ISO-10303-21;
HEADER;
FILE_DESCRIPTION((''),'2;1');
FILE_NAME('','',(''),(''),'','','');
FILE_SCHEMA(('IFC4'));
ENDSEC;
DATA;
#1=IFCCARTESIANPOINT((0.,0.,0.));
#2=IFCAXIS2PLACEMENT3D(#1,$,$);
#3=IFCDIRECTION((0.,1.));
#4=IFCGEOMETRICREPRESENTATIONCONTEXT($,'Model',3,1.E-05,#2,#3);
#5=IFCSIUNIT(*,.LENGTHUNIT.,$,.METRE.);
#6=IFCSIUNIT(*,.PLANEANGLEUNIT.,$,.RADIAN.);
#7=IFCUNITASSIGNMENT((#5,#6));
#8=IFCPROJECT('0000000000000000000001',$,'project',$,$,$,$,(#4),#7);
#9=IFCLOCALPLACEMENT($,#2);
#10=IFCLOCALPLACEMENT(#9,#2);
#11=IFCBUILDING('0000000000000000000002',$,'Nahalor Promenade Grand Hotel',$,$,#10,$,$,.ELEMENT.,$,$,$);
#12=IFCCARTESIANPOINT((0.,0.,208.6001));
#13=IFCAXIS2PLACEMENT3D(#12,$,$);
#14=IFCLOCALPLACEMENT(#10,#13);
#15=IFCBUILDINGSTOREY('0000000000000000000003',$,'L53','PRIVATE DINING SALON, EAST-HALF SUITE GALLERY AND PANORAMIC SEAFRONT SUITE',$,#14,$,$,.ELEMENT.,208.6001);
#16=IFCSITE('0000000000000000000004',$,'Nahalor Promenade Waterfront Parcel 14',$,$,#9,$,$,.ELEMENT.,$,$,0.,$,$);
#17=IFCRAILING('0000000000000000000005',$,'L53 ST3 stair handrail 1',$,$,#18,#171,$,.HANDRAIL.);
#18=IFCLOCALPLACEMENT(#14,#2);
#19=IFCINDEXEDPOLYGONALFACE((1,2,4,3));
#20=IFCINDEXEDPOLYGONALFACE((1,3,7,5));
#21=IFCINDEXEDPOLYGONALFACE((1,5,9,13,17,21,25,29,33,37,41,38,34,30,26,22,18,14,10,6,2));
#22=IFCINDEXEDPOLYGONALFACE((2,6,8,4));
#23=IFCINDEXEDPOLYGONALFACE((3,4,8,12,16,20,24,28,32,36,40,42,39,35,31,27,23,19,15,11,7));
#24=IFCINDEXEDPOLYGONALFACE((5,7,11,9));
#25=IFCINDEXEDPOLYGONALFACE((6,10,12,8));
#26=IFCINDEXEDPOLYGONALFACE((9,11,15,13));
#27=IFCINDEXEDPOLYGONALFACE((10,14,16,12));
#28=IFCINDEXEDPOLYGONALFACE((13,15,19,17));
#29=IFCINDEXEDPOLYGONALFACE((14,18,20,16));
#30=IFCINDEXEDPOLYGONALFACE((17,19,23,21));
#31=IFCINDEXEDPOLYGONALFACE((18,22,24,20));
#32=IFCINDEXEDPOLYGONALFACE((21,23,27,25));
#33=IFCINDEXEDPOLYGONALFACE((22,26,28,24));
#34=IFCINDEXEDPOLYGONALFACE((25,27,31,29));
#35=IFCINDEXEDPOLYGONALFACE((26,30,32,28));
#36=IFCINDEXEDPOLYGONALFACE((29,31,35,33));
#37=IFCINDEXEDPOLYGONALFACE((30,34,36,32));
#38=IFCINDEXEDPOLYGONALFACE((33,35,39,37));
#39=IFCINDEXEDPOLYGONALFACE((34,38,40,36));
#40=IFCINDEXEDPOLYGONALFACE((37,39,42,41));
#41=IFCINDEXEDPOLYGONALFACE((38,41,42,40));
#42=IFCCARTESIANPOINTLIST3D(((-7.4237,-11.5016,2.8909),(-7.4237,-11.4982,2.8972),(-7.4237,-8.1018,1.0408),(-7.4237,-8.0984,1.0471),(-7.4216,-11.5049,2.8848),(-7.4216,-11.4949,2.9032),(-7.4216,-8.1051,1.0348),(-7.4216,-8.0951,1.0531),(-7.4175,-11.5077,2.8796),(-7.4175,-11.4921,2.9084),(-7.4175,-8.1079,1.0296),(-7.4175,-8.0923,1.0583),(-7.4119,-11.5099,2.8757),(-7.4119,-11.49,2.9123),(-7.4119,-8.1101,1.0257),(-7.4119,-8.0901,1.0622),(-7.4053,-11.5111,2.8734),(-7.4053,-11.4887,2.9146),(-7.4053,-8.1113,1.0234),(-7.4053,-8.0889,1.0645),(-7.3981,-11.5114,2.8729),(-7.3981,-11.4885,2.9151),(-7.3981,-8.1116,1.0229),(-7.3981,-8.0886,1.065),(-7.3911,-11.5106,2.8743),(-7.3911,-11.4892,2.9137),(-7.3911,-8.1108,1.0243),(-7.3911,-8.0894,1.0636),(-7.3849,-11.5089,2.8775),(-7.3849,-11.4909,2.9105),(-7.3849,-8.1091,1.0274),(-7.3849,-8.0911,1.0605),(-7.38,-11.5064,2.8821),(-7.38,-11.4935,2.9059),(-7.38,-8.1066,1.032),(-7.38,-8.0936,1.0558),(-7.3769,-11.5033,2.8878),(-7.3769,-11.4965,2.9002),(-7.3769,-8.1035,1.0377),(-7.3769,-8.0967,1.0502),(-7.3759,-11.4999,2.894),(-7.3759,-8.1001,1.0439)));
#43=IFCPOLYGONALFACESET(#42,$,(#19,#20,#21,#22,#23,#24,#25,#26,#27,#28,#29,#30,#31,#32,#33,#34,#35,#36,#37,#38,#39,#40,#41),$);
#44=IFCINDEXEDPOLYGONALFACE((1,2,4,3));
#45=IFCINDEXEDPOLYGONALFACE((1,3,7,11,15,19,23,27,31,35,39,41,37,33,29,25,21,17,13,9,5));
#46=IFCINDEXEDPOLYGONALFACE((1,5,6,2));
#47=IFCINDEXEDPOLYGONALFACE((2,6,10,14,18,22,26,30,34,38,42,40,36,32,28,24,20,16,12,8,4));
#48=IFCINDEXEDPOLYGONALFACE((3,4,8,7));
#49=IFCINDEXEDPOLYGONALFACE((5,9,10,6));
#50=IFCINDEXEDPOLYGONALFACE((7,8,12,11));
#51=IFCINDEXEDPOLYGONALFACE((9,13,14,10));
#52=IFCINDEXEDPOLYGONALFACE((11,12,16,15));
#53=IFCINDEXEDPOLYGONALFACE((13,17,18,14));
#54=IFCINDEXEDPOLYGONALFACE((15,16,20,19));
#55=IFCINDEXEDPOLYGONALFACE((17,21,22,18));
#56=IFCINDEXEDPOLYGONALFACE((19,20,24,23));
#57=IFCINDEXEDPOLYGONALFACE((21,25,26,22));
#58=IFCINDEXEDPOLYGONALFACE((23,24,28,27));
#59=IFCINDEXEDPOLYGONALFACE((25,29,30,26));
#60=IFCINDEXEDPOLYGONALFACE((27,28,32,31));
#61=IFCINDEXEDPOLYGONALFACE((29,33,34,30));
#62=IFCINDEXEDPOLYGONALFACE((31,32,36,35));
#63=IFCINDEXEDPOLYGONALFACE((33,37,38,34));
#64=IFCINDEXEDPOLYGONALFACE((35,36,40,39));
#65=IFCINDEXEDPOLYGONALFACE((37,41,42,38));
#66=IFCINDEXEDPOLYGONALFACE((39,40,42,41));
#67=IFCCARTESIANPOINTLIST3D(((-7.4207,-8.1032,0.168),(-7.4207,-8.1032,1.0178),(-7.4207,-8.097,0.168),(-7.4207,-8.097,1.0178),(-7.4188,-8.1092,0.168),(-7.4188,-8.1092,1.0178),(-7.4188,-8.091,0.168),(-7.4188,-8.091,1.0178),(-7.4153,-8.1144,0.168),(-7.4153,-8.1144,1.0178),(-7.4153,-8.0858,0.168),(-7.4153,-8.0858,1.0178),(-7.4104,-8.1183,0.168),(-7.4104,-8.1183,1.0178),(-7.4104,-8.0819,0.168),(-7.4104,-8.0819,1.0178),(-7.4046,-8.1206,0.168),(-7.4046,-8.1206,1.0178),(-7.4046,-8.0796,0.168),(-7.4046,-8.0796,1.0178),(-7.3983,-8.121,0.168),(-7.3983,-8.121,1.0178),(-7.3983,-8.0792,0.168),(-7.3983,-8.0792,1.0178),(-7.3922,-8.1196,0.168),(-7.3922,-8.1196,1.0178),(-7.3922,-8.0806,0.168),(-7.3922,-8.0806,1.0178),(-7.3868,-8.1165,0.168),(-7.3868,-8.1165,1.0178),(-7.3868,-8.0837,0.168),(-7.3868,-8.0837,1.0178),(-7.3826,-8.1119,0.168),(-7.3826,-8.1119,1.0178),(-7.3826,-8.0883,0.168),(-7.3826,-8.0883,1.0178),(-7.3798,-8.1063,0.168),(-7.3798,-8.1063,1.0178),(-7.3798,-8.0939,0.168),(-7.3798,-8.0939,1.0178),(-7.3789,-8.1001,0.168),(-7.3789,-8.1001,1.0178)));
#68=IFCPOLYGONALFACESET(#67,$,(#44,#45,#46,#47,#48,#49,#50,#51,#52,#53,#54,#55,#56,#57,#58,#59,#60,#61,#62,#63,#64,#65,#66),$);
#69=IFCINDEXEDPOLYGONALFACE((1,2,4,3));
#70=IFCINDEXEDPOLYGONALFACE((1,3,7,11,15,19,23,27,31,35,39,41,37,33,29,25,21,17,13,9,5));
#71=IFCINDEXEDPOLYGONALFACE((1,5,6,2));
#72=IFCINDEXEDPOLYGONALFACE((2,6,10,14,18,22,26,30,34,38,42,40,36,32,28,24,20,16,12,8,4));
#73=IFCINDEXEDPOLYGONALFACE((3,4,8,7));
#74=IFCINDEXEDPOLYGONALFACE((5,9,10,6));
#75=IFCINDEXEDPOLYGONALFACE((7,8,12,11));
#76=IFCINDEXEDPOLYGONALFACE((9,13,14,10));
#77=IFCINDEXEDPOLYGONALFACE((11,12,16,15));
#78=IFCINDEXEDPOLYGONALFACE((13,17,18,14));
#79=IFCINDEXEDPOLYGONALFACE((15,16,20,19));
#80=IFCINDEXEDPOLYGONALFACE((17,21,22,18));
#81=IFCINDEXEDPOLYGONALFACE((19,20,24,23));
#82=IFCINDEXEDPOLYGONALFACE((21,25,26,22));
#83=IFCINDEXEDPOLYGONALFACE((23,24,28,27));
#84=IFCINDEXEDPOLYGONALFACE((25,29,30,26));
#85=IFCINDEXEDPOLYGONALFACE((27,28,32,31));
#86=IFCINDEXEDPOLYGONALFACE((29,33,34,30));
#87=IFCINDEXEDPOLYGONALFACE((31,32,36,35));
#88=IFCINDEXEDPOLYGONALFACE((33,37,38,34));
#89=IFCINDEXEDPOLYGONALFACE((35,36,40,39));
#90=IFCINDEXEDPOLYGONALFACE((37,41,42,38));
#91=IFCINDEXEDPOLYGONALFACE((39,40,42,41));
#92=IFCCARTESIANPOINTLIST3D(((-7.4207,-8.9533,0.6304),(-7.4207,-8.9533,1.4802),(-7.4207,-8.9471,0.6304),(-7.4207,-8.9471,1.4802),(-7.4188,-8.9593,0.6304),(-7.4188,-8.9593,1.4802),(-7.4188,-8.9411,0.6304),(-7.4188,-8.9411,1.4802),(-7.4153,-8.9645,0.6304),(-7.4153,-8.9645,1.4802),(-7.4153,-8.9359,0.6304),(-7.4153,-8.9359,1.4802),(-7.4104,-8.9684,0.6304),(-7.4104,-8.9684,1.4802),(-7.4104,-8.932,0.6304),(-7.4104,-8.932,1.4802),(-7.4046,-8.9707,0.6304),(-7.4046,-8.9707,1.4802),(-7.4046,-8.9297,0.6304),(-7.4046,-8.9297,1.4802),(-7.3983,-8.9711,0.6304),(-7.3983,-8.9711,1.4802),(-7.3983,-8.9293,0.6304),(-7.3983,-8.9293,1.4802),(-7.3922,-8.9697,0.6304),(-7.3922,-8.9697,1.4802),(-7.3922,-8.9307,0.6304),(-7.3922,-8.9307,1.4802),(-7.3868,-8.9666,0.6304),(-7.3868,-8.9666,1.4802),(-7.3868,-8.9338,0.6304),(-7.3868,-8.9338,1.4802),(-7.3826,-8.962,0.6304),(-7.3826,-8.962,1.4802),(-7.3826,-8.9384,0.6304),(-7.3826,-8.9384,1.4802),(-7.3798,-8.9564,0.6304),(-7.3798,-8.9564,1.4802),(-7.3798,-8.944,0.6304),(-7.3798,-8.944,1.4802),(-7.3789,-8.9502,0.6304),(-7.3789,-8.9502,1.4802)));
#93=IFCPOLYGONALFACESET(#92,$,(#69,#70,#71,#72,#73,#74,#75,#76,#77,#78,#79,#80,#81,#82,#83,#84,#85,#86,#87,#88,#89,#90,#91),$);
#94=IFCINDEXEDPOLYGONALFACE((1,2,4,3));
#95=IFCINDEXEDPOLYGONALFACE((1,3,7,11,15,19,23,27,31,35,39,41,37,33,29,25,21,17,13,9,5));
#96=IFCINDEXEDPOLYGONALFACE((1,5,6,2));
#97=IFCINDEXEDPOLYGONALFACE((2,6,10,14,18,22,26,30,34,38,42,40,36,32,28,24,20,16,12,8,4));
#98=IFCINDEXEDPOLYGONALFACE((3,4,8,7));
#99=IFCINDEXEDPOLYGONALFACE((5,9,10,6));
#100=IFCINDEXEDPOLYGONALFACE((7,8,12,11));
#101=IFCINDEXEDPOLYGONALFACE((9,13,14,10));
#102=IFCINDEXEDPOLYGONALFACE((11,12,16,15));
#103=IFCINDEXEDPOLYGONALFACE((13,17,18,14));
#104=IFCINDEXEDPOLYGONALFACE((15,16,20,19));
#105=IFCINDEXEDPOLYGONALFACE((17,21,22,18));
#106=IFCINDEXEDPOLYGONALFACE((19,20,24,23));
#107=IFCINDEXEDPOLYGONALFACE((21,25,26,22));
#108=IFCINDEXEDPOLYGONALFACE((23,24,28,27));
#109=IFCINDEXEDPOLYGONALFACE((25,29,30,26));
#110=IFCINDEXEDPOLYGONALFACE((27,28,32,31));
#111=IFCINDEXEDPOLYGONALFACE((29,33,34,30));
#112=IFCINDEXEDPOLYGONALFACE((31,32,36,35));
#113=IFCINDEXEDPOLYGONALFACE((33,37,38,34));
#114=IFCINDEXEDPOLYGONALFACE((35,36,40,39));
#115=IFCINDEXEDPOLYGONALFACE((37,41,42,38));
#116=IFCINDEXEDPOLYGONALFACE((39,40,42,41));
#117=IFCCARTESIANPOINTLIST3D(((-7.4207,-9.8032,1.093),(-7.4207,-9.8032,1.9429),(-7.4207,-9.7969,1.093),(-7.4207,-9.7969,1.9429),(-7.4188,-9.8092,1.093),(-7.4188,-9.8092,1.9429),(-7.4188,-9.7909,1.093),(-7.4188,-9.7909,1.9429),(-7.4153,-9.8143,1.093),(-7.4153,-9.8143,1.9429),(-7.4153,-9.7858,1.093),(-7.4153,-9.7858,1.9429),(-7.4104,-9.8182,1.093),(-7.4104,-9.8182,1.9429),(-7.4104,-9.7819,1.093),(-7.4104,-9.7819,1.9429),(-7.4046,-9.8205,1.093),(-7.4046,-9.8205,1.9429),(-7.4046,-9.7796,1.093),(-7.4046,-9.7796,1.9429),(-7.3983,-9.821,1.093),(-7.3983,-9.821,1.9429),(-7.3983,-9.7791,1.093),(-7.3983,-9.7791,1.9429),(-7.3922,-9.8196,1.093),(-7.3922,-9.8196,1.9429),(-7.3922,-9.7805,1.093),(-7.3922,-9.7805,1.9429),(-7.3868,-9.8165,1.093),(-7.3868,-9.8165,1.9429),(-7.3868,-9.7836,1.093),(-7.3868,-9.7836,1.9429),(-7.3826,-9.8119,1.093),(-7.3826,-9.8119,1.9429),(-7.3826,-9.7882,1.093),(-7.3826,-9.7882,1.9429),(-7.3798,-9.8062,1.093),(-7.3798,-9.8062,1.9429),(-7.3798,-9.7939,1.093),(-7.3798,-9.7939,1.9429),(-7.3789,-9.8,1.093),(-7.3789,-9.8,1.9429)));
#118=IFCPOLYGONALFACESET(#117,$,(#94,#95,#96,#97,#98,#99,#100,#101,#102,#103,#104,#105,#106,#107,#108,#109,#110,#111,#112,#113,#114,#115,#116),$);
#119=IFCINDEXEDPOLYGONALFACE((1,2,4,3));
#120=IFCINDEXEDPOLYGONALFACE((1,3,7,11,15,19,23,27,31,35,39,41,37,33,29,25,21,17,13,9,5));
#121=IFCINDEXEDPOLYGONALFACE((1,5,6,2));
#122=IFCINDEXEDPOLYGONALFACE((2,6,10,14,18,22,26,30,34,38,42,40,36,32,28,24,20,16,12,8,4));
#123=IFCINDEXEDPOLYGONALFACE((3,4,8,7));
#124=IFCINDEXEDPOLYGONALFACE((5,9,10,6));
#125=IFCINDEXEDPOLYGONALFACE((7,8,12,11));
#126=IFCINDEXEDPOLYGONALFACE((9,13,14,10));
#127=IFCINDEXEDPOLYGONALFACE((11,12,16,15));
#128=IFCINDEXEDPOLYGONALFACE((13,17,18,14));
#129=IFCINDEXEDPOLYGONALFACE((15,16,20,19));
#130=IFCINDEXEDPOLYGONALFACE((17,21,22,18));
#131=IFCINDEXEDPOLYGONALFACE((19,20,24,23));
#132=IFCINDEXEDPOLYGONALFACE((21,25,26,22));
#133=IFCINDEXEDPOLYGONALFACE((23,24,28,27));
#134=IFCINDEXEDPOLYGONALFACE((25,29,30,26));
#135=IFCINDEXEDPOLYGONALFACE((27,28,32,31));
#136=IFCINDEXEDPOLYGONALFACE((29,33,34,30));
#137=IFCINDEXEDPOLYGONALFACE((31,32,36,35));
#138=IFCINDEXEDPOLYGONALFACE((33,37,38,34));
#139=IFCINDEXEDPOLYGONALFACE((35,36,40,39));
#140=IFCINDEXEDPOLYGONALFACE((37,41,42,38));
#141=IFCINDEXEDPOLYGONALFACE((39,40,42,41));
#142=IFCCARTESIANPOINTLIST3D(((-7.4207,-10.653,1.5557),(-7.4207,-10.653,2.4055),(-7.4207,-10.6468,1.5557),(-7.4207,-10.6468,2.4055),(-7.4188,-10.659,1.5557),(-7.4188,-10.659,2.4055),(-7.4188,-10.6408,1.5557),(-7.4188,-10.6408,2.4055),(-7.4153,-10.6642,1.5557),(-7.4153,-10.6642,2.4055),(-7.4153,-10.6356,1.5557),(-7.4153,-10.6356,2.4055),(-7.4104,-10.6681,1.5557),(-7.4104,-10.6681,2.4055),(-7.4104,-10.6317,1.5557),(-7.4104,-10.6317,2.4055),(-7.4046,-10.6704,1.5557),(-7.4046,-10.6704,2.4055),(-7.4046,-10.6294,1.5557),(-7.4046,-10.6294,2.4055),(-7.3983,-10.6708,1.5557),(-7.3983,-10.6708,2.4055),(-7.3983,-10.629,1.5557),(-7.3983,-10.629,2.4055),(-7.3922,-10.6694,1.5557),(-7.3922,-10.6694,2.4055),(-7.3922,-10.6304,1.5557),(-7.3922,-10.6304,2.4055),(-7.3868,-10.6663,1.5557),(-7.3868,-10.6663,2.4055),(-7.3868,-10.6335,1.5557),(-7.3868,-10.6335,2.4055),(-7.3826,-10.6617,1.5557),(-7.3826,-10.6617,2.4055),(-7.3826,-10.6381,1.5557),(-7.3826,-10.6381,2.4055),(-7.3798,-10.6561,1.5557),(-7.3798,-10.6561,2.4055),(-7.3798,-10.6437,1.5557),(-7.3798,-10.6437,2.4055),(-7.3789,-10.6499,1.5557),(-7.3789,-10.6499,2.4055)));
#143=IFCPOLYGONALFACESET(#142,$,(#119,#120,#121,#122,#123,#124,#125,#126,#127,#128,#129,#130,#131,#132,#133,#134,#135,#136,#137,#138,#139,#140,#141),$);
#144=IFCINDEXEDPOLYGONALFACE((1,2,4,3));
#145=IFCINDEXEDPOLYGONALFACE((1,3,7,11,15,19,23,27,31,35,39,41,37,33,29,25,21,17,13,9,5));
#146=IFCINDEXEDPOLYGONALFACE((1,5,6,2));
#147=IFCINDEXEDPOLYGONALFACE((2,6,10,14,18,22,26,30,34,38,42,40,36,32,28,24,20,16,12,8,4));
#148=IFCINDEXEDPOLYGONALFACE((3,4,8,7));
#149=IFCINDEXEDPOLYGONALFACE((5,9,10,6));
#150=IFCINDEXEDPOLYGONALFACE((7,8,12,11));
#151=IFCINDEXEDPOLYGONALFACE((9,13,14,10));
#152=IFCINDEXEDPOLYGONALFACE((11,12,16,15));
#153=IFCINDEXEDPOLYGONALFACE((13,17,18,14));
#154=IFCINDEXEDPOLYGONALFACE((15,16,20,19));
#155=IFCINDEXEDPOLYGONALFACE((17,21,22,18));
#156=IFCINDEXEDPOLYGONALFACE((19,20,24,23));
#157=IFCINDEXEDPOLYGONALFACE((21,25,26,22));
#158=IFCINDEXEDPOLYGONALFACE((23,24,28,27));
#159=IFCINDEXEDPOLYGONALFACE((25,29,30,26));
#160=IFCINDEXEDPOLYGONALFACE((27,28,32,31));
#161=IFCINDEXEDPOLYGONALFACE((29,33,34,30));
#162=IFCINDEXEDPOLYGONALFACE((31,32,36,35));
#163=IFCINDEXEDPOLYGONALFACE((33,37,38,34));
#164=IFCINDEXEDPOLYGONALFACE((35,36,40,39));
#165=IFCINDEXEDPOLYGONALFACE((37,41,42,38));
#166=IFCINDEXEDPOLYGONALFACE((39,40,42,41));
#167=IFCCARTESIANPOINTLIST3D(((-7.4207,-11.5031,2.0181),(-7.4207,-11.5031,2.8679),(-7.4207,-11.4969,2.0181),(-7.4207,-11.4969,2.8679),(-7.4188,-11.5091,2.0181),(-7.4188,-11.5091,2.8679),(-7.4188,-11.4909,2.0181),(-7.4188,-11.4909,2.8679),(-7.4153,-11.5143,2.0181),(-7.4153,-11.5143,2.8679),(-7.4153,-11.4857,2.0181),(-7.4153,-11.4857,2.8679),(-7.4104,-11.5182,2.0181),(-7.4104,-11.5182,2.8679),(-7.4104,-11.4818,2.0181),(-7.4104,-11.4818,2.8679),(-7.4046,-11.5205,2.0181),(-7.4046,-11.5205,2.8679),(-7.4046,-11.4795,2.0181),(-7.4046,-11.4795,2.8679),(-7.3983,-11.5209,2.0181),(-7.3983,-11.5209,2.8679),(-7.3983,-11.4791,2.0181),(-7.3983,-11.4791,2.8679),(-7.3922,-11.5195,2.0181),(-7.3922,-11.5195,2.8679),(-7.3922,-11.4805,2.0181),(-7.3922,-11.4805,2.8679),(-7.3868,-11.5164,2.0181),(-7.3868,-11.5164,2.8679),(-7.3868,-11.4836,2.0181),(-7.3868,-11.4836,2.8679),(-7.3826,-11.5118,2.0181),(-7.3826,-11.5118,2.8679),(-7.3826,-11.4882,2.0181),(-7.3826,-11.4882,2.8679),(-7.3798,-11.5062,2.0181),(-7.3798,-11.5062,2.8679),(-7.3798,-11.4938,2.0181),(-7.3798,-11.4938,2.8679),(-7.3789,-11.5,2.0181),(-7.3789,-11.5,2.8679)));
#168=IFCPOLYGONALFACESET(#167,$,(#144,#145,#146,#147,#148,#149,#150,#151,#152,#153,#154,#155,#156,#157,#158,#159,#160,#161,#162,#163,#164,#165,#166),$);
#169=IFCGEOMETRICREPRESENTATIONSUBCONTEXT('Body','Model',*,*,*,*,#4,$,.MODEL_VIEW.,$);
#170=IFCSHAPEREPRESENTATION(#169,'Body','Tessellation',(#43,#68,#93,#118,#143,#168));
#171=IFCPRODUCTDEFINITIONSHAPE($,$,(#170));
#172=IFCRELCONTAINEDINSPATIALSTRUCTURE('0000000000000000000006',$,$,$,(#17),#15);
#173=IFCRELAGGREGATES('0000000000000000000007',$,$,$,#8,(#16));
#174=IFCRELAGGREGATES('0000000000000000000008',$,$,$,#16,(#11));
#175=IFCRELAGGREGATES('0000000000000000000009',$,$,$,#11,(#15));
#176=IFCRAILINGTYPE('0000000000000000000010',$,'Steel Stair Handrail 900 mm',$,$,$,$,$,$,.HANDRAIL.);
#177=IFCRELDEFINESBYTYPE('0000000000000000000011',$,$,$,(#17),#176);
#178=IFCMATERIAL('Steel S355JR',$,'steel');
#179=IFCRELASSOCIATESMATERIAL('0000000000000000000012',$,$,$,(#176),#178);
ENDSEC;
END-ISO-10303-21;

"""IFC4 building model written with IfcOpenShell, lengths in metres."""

from ifc_helpers import new_model, si_unit, direction, frame, origin, origin_2d, place, context, subcontext, project, spatial, circle, extrude, material, type_object, element, save


model = new_model("IFC4")

# Units and contexts
model_context = context("Model", 3, precision=1e-05, world=origin(), true_north=direction((0.0, 1.0)))
body_context = subcontext(model_context, "Body", "Model", "MODEL_VIEW")
ifc_project = project(units=[si_unit("LENGTHUNIT", "METRE"), si_unit("PLANEANGLEUNIT", "RADIAN")], contexts=[model_context])

# Site, building, storey
site_placement = place(None, origin())
site = spatial("IfcSite", under=ifc_project, at=site_placement, Name="Nahalor Promenade Waterfront Parcel 14", CompositionType="ELEMENT", RefElevation=0.0)
building_placement = place(site_placement, origin())
building = spatial("IfcBuilding", under=site, at=building_placement, Name="Nahalor Promenade Grand Hotel", CompositionType="ELEMENT")
storey_placement = place(building_placement, frame((0.0, 0.0, 208.6001)))
storey = spatial("IfcBuildingStorey", under=building, at=storey_placement, Name="L53", Description="PRIVATE DINING SALON, EAST-HALF SUITE GALLERY AND PANORAMIC SEAFRONT SUITE", CompositionType="ELEMENT", Elevation=208.6001)

# Shared definitions
ifc_material_1 = material(Name="Steel S355JR", Category="steel")

# Railing
railing_type_1 = type_object("IfcRailingType", Name="Steel Stair Handrail 900 mm", PredefinedType="HANDRAIL", material=ifc_material_1)
railing_1_placement = place(storey_placement, frame((-7.3999, -8.1001, 0.168)))
element("IfcRailing", 1, at=railing_1_placement, inside=storey, type_object=railing_type_1, Name="L53 ST3 stair handrail 1", PredefinedType="HANDRAIL", context=body_context, shape_type="SweptSolid", body=[
    extrude(circle(Radius=0.024, at=origin_2d()), frame((0.0, 0.0, 0.876), z_axis=(0.0, -0.878372, 0.477977), x_axis=(1.0, 0.0, 0.0)), (0.0, 0.0, 1.0), 3.8706),
    extrude(circle(Radius=0.021, at=origin_2d()), origin(), (0.0, 0.0, 1.0), 0.8499),
    extrude(circle(Radius=0.021, at=origin_2d()), frame((0.0, -0.8501, 0.4624)), (0.0, 0.0, 1.0), 0.8499),
    extrude(circle(Radius=0.021, at=origin_2d()), frame((0.0, -1.7, 0.925)), (0.0, 0.0, 1.0), 0.8499),
    extrude(circle(Radius=0.021, at=origin_2d()), frame((0.0, -2.5498, 1.3877)), (0.0, 0.0, 1.0), 0.8499),
    extrude(circle(Radius=0.021, at=origin_2d()), frame((0.0, -3.3999, 1.8501)), (0.0, 0.0, 1.0), 0.8499),
])

save(model, "model.ifc")
